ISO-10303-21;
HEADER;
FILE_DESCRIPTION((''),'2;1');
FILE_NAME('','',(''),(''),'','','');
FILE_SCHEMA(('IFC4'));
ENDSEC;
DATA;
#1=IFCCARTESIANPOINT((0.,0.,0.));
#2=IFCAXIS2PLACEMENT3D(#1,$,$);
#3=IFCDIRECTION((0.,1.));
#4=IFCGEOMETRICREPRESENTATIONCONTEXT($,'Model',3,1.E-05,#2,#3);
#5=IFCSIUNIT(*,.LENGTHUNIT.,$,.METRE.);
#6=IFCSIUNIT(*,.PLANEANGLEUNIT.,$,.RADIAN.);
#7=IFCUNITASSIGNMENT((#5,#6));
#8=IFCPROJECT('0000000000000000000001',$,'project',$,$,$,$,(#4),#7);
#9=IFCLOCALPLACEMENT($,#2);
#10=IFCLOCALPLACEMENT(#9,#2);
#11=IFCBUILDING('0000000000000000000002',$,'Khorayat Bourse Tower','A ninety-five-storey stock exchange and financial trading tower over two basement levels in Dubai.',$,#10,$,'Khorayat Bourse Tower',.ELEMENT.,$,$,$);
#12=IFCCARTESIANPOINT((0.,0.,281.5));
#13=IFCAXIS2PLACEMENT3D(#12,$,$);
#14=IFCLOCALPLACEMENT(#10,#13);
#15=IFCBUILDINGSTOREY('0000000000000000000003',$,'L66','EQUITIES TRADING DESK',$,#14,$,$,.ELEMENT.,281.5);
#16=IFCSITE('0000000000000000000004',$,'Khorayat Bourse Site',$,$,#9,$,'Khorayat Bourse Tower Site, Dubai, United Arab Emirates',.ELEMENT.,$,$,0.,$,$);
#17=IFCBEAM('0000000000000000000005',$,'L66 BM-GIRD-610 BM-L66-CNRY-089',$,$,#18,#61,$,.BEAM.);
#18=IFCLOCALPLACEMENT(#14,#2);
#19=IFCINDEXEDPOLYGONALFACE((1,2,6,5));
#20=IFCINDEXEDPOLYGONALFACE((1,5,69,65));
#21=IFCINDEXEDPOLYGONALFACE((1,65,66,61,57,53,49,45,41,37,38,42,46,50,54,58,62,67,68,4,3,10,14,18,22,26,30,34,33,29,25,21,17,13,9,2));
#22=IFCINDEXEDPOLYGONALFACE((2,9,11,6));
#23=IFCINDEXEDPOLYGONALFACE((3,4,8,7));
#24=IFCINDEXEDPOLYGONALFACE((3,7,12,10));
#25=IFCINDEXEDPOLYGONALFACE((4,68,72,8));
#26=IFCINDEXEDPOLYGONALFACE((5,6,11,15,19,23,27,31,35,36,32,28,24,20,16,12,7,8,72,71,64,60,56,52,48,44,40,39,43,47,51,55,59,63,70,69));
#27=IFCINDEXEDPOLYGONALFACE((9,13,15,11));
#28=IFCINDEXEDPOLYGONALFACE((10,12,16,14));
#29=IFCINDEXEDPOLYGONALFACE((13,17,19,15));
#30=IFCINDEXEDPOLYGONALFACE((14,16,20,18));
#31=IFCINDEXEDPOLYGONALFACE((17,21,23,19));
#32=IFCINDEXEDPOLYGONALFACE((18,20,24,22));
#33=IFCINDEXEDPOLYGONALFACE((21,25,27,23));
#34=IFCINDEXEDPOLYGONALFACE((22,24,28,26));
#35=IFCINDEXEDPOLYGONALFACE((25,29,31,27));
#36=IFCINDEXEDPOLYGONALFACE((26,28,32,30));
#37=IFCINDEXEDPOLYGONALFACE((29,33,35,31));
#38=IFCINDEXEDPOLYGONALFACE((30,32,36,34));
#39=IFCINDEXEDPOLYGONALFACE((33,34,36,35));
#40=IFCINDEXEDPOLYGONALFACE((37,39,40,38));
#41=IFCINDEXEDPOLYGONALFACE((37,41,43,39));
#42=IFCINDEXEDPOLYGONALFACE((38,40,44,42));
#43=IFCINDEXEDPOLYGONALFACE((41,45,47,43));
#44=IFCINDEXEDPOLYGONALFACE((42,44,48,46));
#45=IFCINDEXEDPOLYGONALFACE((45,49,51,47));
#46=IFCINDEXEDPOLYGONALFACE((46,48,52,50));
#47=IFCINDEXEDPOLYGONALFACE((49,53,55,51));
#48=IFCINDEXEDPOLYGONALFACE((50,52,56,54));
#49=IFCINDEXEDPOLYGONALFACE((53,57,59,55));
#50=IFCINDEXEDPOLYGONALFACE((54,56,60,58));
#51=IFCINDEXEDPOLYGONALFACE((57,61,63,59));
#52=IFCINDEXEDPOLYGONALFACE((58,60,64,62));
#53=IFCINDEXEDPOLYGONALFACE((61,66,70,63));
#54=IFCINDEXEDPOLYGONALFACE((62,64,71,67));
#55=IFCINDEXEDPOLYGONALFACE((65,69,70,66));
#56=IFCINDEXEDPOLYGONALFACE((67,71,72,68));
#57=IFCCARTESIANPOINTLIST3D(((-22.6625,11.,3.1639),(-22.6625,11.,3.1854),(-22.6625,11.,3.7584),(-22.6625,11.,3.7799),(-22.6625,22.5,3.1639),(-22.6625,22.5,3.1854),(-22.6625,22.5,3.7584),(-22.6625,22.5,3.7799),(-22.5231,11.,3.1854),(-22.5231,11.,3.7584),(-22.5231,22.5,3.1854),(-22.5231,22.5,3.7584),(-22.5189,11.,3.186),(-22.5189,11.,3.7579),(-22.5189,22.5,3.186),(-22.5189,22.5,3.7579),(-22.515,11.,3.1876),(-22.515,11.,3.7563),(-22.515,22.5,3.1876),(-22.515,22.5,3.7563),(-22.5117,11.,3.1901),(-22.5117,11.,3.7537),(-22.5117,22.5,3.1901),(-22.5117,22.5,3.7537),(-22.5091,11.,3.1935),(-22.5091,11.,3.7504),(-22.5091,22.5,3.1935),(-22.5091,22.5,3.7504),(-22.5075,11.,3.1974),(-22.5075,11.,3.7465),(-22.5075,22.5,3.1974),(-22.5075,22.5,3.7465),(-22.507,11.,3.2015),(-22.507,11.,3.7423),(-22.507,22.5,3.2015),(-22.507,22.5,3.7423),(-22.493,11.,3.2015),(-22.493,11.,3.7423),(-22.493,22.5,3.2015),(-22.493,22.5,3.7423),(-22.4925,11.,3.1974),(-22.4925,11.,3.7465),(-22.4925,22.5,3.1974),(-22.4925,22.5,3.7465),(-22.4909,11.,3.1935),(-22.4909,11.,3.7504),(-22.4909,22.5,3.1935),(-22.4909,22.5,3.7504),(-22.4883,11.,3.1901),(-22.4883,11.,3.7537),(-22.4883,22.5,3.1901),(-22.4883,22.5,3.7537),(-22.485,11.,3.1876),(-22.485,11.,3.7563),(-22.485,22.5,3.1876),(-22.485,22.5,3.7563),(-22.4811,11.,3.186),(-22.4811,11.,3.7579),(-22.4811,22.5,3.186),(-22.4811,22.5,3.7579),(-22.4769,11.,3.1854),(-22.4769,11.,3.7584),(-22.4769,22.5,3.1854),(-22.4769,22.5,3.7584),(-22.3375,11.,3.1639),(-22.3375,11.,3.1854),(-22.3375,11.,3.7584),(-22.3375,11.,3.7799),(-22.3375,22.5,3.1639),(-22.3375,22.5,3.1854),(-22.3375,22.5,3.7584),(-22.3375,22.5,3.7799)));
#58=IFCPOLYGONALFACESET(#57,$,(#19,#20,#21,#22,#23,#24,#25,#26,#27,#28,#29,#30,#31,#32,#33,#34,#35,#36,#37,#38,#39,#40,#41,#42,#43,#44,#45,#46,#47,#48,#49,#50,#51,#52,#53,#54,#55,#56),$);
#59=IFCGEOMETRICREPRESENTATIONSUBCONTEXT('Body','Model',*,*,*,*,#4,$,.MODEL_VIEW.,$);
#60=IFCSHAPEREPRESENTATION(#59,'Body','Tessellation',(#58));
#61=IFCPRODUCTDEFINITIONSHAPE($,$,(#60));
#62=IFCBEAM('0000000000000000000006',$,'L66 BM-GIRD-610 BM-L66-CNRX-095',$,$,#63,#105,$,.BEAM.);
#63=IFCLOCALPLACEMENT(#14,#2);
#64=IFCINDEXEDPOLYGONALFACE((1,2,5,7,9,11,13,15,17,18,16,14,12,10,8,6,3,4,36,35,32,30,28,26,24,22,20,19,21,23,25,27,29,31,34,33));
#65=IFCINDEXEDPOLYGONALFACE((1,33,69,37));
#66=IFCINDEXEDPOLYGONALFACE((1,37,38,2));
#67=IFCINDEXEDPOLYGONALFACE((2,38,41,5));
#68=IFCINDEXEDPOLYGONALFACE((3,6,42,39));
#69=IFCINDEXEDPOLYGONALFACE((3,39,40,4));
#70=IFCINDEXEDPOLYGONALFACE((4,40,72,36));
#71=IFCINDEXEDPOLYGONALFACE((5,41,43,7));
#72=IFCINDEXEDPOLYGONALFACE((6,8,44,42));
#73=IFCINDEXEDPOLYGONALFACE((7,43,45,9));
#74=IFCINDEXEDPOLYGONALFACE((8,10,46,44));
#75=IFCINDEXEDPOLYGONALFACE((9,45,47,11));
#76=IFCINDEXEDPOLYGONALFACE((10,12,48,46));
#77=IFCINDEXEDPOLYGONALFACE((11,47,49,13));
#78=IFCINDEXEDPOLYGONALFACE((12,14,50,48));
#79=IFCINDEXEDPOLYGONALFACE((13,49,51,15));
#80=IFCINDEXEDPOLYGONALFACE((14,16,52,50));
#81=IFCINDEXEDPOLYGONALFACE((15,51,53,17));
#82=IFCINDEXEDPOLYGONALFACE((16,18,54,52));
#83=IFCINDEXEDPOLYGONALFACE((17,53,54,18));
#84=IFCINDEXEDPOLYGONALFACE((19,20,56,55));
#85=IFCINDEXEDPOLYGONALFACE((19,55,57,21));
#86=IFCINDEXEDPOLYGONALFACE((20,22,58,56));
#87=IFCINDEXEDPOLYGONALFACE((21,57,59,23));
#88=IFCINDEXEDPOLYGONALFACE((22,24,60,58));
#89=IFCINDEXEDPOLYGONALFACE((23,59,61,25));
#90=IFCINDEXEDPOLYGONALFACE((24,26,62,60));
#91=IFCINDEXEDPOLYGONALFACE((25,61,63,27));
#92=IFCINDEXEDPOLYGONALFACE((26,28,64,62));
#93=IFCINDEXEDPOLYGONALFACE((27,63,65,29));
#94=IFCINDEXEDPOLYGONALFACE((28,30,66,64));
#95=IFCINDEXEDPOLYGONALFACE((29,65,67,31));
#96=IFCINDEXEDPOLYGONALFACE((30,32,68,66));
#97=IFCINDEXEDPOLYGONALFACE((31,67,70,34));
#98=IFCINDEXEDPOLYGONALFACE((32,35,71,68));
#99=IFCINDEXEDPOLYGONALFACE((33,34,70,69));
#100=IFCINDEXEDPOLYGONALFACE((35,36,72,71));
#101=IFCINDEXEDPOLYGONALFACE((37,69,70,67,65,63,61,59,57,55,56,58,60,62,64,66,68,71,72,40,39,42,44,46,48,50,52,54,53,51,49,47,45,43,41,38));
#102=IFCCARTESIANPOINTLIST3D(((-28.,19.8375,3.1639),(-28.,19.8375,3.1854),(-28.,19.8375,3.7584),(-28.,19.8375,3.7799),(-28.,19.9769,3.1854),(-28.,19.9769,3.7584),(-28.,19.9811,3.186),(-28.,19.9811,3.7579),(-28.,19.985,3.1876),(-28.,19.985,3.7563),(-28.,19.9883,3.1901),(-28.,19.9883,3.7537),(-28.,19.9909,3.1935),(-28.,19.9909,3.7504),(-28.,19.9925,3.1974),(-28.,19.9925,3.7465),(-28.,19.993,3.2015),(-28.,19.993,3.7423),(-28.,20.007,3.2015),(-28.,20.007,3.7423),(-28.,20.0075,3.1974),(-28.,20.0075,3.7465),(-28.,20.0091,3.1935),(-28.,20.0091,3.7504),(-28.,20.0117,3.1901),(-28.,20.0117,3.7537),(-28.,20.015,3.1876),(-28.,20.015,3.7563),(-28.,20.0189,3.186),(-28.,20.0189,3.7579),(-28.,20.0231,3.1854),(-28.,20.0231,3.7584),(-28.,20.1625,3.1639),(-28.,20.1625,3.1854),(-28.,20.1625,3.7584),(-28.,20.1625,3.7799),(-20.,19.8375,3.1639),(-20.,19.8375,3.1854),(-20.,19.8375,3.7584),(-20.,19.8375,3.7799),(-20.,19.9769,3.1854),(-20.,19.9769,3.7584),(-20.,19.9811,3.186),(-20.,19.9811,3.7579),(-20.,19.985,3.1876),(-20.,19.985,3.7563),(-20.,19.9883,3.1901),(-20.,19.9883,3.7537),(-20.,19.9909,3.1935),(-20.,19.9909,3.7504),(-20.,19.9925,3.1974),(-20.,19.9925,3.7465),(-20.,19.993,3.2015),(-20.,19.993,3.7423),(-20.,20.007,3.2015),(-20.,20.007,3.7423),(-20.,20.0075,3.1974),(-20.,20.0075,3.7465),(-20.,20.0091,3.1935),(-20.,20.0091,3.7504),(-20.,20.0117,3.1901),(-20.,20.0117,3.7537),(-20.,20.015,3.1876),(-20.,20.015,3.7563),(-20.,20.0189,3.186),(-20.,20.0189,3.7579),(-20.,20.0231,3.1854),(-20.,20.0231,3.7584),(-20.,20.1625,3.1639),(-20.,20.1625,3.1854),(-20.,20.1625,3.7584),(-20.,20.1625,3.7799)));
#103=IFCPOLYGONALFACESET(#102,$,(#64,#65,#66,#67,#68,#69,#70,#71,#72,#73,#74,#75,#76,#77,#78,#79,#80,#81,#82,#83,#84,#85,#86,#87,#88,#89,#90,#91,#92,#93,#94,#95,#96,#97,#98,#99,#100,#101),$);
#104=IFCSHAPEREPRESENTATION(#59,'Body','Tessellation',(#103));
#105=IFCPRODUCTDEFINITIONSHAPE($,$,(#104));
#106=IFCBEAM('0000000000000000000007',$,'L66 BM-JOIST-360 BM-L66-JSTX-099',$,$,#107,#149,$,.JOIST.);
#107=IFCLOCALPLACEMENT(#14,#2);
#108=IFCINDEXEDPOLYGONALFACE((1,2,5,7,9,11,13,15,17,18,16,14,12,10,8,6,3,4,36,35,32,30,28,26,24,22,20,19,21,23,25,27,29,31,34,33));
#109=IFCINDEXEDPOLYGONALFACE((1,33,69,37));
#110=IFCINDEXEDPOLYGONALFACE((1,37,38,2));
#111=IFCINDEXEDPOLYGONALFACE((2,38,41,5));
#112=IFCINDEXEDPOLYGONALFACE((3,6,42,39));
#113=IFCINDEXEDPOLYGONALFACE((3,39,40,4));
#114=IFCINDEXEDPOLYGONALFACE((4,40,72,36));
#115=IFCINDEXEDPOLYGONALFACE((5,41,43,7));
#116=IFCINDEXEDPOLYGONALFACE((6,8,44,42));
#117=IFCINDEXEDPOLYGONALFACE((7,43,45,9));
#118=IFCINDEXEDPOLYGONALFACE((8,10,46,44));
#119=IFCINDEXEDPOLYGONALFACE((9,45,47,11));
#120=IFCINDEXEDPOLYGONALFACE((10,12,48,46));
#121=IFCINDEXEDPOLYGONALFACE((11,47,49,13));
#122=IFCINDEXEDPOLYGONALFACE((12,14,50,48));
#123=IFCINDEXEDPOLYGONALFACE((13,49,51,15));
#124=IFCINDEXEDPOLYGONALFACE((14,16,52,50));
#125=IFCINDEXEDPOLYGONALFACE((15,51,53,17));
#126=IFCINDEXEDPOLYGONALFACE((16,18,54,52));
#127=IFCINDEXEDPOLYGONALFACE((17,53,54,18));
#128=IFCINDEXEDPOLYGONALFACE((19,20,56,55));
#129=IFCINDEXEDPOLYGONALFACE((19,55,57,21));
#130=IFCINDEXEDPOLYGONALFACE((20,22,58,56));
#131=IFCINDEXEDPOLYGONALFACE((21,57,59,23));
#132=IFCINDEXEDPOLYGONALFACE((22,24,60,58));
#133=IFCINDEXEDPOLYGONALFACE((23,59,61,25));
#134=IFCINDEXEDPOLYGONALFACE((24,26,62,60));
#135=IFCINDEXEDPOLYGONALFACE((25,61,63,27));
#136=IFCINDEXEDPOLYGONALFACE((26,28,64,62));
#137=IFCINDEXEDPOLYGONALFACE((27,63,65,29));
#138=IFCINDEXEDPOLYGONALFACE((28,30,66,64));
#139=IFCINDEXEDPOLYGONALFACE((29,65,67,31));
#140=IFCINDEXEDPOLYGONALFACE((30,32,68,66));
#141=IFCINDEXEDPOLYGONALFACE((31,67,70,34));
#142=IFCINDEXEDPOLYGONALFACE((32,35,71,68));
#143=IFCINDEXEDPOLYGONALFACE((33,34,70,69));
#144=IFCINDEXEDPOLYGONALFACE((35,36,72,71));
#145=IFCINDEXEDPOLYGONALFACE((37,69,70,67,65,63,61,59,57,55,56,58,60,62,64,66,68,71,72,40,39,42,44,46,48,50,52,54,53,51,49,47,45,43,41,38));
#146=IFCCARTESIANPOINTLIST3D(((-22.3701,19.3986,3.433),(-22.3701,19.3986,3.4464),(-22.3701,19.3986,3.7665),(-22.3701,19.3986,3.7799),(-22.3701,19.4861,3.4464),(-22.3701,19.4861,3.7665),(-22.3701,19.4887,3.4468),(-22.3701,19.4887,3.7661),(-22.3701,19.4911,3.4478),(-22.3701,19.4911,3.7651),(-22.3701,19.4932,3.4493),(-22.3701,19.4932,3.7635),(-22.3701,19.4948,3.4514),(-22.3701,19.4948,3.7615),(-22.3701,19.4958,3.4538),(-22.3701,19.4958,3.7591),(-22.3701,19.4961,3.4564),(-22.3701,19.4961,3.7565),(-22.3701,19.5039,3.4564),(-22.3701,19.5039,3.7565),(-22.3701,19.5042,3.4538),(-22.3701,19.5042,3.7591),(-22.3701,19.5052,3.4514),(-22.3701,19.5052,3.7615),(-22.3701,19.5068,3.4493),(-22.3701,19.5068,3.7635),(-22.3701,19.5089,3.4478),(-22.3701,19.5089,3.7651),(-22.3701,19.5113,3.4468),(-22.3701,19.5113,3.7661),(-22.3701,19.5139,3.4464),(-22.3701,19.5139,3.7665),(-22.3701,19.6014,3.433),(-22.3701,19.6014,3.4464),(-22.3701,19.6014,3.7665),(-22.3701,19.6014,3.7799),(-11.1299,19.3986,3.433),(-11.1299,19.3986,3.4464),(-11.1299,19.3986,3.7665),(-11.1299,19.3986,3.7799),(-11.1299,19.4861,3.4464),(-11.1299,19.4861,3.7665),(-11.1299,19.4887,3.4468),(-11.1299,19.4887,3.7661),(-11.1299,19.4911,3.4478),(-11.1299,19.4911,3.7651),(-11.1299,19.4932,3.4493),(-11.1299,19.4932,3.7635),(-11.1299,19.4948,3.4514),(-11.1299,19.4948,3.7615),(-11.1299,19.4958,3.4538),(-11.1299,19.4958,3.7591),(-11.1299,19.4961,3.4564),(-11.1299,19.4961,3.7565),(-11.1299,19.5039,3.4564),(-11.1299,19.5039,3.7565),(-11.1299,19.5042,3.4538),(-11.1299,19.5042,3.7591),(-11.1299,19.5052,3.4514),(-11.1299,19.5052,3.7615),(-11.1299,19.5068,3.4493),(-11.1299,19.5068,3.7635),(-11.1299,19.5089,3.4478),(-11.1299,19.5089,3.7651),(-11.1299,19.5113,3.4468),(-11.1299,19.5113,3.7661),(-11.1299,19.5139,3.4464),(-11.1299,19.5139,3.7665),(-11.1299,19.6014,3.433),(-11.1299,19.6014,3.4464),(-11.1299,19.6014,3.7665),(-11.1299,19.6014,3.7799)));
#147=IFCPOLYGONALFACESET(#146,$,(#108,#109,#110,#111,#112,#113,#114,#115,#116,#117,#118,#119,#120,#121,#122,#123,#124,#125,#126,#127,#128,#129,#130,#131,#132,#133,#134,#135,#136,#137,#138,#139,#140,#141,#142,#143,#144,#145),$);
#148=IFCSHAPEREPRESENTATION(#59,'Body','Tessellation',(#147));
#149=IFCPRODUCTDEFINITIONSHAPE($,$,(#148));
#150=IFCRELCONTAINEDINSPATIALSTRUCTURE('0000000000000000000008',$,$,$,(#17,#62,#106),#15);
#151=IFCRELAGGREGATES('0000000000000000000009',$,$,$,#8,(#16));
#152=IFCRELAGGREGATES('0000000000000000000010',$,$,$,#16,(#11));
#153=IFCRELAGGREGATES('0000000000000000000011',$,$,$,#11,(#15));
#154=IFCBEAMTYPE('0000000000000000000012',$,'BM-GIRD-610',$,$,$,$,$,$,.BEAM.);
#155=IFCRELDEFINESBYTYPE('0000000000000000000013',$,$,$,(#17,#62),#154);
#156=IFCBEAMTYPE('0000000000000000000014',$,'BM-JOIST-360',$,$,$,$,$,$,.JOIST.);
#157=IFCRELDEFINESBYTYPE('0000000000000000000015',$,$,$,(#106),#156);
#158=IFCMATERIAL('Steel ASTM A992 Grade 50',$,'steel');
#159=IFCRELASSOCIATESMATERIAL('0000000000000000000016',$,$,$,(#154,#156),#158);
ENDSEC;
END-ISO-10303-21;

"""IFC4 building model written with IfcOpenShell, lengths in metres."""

from ifc_helpers import new_model, si_unit, direction, frame, origin, origin_2d, place, context, subcontext, project, spatial, i_section, extrude, source, transform, mapped, material, material_profile, profile_set, type_object, element, save


model = new_model("IFC4")

# Units and contexts
model_context = context("Model", 3, precision=1e-05, world=origin(), true_north=direction((0.0, 1.0)))
body_context = subcontext(model_context, "Body", "Model", "MODEL_VIEW")
ifc_project = project(units=[si_unit("LENGTHUNIT", "METRE"), si_unit("PLANEANGLEUNIT", "RADIAN")], contexts=[model_context])

# Site, building, storey
site_placement = place(None, origin())
site = spatial("IfcSite", under=ifc_project, at=site_placement, Name="Khorayat Bourse Site", LongName="Khorayat Bourse Tower Site, Dubai, United Arab Emirates", CompositionType="ELEMENT", RefElevation=0.0)
building_placement = place(site_placement, origin())
building = spatial("IfcBuilding", under=site, at=building_placement, Name="Khorayat Bourse Tower", Description="A ninety-five-storey stock exchange and financial trading tower over two basement levels in Dubai.", LongName="Khorayat Bourse Tower", CompositionType="ELEMENT")
storey_placement = place(building_placement, frame((0.0, 0.0, 281.5)))
storey = spatial("IfcBuildingStorey", under=building, at=storey_placement, Name="L66", Description="EQUITIES TRADING DESK", CompositionType="ELEMENT", Elevation=281.5)

# Beams
ifc_material_1 = material(Name="Steel ASTM A992 Grade 50", Category="steel")
ifc_material_profile_1 = material_profile(ifc_material_1, i_section(OverallWidth=0.325, OverallDepth=0.616, WebThickness=0.0139, FlangeThickness=0.0215, FilletRadius=0.0161, at=origin_2d()), Name="W610X174")
ifc_profile_set_1 = profile_set([ifc_material_profile_1], Name="Steel ASTM A992 Grade 50")
beam_type_1 = type_object("IfcBeamType", Name="BM-GIRD-610", PredefinedType="BEAM", material=ifc_profile_set_1)
shared_shape_1 = source(origin(), body_context, "Body", "SweptSolid", [
    extrude(i_section(OverallWidth=0.325, OverallDepth=0.616, WebThickness=0.0139, FlangeThickness=0.0215, FilletRadius=0.0161, at=origin_2d()), origin(), (0.0, 0.0, 1.0), 11.5),
])
beam_1_placement = place(storey_placement, frame((-22.5, 11.0, 3.4719), z_axis=(0.0, 1.0, 0.0), x_axis=(-1.0, 0.0, 0.0)))
element("IfcBeam", 1, at=beam_1_placement, inside=storey, type_object=beam_type_1, Name="L66 BM-GIRD-610 BM-L66-CNRY-089", PredefinedType="BEAM", context=body_context, shape_type="MappedRepresentation", body=[
    mapped(shared_shape_1, transform((0.0, 0.0, 0.0), scale=1.0)),
])
shared_shape_2 = source(origin(), body_context, "Body", "SweptSolid", [
    extrude(i_section(OverallWidth=0.325, OverallDepth=0.616, WebThickness=0.0139, FlangeThickness=0.0215, FilletRadius=0.0161, at=origin_2d()), origin(), (0.0, 0.0, 1.0), 8.0),
])
beam_2_placement = place(storey_placement, frame((-28.0, 20.0, 3.4719), z_axis=(1.0, 0.0, 0.0), x_axis=(0.0, 1.0, 0.0)))
element("IfcBeam", 2, at=beam_2_placement, inside=storey, type_object=beam_type_1, Name="L66 BM-GIRD-610 BM-L66-CNRX-095", PredefinedType="BEAM", context=body_context, shape_type="MappedRepresentation", body=[
    mapped(shared_shape_2, transform((0.0, 0.0, 0.0), scale=1.0)),
])
ifc_material_profile_2 = material_profile(ifc_material_1, i_section(OverallWidth=0.2029, OverallDepth=0.3469, WebThickness=0.0078, FlangeThickness=0.0134, FilletRadius=0.01, at=origin_2d()), Name="W360X64")
ifc_profile_set_2 = profile_set([ifc_material_profile_2], Name="Steel ASTM A992 Grade 50")
beam_type_2 = type_object("IfcBeamType", Name="BM-JOIST-360", PredefinedType="JOIST", material=ifc_profile_set_2)
shared_shape_3 = source(origin(), body_context, "Body", "SweptSolid", [
    extrude(i_section(OverallWidth=0.2029, OverallDepth=0.3469, WebThickness=0.0078, FlangeThickness=0.0134, FilletRadius=0.01, at=origin_2d()), origin(), (0.0, 0.0, 1.0), 11.2402),
])
beam_3_placement = place(storey_placement, frame((-22.3701, 19.5, 3.6064), z_axis=(1.0, 0.0, 0.0), x_axis=(0.0, 1.0, 0.0)))
element("IfcBeam", 3, at=beam_3_placement, inside=storey, type_object=beam_type_2, Name="L66 BM-JOIST-360 BM-L66-JSTX-099", PredefinedType="JOIST", context=body_context, shape_type="MappedRepresentation", body=[
    mapped(shared_shape_3, transform((0.0, 0.0, 0.0), scale=1.0)),
])

save(model, "model.ifc")
